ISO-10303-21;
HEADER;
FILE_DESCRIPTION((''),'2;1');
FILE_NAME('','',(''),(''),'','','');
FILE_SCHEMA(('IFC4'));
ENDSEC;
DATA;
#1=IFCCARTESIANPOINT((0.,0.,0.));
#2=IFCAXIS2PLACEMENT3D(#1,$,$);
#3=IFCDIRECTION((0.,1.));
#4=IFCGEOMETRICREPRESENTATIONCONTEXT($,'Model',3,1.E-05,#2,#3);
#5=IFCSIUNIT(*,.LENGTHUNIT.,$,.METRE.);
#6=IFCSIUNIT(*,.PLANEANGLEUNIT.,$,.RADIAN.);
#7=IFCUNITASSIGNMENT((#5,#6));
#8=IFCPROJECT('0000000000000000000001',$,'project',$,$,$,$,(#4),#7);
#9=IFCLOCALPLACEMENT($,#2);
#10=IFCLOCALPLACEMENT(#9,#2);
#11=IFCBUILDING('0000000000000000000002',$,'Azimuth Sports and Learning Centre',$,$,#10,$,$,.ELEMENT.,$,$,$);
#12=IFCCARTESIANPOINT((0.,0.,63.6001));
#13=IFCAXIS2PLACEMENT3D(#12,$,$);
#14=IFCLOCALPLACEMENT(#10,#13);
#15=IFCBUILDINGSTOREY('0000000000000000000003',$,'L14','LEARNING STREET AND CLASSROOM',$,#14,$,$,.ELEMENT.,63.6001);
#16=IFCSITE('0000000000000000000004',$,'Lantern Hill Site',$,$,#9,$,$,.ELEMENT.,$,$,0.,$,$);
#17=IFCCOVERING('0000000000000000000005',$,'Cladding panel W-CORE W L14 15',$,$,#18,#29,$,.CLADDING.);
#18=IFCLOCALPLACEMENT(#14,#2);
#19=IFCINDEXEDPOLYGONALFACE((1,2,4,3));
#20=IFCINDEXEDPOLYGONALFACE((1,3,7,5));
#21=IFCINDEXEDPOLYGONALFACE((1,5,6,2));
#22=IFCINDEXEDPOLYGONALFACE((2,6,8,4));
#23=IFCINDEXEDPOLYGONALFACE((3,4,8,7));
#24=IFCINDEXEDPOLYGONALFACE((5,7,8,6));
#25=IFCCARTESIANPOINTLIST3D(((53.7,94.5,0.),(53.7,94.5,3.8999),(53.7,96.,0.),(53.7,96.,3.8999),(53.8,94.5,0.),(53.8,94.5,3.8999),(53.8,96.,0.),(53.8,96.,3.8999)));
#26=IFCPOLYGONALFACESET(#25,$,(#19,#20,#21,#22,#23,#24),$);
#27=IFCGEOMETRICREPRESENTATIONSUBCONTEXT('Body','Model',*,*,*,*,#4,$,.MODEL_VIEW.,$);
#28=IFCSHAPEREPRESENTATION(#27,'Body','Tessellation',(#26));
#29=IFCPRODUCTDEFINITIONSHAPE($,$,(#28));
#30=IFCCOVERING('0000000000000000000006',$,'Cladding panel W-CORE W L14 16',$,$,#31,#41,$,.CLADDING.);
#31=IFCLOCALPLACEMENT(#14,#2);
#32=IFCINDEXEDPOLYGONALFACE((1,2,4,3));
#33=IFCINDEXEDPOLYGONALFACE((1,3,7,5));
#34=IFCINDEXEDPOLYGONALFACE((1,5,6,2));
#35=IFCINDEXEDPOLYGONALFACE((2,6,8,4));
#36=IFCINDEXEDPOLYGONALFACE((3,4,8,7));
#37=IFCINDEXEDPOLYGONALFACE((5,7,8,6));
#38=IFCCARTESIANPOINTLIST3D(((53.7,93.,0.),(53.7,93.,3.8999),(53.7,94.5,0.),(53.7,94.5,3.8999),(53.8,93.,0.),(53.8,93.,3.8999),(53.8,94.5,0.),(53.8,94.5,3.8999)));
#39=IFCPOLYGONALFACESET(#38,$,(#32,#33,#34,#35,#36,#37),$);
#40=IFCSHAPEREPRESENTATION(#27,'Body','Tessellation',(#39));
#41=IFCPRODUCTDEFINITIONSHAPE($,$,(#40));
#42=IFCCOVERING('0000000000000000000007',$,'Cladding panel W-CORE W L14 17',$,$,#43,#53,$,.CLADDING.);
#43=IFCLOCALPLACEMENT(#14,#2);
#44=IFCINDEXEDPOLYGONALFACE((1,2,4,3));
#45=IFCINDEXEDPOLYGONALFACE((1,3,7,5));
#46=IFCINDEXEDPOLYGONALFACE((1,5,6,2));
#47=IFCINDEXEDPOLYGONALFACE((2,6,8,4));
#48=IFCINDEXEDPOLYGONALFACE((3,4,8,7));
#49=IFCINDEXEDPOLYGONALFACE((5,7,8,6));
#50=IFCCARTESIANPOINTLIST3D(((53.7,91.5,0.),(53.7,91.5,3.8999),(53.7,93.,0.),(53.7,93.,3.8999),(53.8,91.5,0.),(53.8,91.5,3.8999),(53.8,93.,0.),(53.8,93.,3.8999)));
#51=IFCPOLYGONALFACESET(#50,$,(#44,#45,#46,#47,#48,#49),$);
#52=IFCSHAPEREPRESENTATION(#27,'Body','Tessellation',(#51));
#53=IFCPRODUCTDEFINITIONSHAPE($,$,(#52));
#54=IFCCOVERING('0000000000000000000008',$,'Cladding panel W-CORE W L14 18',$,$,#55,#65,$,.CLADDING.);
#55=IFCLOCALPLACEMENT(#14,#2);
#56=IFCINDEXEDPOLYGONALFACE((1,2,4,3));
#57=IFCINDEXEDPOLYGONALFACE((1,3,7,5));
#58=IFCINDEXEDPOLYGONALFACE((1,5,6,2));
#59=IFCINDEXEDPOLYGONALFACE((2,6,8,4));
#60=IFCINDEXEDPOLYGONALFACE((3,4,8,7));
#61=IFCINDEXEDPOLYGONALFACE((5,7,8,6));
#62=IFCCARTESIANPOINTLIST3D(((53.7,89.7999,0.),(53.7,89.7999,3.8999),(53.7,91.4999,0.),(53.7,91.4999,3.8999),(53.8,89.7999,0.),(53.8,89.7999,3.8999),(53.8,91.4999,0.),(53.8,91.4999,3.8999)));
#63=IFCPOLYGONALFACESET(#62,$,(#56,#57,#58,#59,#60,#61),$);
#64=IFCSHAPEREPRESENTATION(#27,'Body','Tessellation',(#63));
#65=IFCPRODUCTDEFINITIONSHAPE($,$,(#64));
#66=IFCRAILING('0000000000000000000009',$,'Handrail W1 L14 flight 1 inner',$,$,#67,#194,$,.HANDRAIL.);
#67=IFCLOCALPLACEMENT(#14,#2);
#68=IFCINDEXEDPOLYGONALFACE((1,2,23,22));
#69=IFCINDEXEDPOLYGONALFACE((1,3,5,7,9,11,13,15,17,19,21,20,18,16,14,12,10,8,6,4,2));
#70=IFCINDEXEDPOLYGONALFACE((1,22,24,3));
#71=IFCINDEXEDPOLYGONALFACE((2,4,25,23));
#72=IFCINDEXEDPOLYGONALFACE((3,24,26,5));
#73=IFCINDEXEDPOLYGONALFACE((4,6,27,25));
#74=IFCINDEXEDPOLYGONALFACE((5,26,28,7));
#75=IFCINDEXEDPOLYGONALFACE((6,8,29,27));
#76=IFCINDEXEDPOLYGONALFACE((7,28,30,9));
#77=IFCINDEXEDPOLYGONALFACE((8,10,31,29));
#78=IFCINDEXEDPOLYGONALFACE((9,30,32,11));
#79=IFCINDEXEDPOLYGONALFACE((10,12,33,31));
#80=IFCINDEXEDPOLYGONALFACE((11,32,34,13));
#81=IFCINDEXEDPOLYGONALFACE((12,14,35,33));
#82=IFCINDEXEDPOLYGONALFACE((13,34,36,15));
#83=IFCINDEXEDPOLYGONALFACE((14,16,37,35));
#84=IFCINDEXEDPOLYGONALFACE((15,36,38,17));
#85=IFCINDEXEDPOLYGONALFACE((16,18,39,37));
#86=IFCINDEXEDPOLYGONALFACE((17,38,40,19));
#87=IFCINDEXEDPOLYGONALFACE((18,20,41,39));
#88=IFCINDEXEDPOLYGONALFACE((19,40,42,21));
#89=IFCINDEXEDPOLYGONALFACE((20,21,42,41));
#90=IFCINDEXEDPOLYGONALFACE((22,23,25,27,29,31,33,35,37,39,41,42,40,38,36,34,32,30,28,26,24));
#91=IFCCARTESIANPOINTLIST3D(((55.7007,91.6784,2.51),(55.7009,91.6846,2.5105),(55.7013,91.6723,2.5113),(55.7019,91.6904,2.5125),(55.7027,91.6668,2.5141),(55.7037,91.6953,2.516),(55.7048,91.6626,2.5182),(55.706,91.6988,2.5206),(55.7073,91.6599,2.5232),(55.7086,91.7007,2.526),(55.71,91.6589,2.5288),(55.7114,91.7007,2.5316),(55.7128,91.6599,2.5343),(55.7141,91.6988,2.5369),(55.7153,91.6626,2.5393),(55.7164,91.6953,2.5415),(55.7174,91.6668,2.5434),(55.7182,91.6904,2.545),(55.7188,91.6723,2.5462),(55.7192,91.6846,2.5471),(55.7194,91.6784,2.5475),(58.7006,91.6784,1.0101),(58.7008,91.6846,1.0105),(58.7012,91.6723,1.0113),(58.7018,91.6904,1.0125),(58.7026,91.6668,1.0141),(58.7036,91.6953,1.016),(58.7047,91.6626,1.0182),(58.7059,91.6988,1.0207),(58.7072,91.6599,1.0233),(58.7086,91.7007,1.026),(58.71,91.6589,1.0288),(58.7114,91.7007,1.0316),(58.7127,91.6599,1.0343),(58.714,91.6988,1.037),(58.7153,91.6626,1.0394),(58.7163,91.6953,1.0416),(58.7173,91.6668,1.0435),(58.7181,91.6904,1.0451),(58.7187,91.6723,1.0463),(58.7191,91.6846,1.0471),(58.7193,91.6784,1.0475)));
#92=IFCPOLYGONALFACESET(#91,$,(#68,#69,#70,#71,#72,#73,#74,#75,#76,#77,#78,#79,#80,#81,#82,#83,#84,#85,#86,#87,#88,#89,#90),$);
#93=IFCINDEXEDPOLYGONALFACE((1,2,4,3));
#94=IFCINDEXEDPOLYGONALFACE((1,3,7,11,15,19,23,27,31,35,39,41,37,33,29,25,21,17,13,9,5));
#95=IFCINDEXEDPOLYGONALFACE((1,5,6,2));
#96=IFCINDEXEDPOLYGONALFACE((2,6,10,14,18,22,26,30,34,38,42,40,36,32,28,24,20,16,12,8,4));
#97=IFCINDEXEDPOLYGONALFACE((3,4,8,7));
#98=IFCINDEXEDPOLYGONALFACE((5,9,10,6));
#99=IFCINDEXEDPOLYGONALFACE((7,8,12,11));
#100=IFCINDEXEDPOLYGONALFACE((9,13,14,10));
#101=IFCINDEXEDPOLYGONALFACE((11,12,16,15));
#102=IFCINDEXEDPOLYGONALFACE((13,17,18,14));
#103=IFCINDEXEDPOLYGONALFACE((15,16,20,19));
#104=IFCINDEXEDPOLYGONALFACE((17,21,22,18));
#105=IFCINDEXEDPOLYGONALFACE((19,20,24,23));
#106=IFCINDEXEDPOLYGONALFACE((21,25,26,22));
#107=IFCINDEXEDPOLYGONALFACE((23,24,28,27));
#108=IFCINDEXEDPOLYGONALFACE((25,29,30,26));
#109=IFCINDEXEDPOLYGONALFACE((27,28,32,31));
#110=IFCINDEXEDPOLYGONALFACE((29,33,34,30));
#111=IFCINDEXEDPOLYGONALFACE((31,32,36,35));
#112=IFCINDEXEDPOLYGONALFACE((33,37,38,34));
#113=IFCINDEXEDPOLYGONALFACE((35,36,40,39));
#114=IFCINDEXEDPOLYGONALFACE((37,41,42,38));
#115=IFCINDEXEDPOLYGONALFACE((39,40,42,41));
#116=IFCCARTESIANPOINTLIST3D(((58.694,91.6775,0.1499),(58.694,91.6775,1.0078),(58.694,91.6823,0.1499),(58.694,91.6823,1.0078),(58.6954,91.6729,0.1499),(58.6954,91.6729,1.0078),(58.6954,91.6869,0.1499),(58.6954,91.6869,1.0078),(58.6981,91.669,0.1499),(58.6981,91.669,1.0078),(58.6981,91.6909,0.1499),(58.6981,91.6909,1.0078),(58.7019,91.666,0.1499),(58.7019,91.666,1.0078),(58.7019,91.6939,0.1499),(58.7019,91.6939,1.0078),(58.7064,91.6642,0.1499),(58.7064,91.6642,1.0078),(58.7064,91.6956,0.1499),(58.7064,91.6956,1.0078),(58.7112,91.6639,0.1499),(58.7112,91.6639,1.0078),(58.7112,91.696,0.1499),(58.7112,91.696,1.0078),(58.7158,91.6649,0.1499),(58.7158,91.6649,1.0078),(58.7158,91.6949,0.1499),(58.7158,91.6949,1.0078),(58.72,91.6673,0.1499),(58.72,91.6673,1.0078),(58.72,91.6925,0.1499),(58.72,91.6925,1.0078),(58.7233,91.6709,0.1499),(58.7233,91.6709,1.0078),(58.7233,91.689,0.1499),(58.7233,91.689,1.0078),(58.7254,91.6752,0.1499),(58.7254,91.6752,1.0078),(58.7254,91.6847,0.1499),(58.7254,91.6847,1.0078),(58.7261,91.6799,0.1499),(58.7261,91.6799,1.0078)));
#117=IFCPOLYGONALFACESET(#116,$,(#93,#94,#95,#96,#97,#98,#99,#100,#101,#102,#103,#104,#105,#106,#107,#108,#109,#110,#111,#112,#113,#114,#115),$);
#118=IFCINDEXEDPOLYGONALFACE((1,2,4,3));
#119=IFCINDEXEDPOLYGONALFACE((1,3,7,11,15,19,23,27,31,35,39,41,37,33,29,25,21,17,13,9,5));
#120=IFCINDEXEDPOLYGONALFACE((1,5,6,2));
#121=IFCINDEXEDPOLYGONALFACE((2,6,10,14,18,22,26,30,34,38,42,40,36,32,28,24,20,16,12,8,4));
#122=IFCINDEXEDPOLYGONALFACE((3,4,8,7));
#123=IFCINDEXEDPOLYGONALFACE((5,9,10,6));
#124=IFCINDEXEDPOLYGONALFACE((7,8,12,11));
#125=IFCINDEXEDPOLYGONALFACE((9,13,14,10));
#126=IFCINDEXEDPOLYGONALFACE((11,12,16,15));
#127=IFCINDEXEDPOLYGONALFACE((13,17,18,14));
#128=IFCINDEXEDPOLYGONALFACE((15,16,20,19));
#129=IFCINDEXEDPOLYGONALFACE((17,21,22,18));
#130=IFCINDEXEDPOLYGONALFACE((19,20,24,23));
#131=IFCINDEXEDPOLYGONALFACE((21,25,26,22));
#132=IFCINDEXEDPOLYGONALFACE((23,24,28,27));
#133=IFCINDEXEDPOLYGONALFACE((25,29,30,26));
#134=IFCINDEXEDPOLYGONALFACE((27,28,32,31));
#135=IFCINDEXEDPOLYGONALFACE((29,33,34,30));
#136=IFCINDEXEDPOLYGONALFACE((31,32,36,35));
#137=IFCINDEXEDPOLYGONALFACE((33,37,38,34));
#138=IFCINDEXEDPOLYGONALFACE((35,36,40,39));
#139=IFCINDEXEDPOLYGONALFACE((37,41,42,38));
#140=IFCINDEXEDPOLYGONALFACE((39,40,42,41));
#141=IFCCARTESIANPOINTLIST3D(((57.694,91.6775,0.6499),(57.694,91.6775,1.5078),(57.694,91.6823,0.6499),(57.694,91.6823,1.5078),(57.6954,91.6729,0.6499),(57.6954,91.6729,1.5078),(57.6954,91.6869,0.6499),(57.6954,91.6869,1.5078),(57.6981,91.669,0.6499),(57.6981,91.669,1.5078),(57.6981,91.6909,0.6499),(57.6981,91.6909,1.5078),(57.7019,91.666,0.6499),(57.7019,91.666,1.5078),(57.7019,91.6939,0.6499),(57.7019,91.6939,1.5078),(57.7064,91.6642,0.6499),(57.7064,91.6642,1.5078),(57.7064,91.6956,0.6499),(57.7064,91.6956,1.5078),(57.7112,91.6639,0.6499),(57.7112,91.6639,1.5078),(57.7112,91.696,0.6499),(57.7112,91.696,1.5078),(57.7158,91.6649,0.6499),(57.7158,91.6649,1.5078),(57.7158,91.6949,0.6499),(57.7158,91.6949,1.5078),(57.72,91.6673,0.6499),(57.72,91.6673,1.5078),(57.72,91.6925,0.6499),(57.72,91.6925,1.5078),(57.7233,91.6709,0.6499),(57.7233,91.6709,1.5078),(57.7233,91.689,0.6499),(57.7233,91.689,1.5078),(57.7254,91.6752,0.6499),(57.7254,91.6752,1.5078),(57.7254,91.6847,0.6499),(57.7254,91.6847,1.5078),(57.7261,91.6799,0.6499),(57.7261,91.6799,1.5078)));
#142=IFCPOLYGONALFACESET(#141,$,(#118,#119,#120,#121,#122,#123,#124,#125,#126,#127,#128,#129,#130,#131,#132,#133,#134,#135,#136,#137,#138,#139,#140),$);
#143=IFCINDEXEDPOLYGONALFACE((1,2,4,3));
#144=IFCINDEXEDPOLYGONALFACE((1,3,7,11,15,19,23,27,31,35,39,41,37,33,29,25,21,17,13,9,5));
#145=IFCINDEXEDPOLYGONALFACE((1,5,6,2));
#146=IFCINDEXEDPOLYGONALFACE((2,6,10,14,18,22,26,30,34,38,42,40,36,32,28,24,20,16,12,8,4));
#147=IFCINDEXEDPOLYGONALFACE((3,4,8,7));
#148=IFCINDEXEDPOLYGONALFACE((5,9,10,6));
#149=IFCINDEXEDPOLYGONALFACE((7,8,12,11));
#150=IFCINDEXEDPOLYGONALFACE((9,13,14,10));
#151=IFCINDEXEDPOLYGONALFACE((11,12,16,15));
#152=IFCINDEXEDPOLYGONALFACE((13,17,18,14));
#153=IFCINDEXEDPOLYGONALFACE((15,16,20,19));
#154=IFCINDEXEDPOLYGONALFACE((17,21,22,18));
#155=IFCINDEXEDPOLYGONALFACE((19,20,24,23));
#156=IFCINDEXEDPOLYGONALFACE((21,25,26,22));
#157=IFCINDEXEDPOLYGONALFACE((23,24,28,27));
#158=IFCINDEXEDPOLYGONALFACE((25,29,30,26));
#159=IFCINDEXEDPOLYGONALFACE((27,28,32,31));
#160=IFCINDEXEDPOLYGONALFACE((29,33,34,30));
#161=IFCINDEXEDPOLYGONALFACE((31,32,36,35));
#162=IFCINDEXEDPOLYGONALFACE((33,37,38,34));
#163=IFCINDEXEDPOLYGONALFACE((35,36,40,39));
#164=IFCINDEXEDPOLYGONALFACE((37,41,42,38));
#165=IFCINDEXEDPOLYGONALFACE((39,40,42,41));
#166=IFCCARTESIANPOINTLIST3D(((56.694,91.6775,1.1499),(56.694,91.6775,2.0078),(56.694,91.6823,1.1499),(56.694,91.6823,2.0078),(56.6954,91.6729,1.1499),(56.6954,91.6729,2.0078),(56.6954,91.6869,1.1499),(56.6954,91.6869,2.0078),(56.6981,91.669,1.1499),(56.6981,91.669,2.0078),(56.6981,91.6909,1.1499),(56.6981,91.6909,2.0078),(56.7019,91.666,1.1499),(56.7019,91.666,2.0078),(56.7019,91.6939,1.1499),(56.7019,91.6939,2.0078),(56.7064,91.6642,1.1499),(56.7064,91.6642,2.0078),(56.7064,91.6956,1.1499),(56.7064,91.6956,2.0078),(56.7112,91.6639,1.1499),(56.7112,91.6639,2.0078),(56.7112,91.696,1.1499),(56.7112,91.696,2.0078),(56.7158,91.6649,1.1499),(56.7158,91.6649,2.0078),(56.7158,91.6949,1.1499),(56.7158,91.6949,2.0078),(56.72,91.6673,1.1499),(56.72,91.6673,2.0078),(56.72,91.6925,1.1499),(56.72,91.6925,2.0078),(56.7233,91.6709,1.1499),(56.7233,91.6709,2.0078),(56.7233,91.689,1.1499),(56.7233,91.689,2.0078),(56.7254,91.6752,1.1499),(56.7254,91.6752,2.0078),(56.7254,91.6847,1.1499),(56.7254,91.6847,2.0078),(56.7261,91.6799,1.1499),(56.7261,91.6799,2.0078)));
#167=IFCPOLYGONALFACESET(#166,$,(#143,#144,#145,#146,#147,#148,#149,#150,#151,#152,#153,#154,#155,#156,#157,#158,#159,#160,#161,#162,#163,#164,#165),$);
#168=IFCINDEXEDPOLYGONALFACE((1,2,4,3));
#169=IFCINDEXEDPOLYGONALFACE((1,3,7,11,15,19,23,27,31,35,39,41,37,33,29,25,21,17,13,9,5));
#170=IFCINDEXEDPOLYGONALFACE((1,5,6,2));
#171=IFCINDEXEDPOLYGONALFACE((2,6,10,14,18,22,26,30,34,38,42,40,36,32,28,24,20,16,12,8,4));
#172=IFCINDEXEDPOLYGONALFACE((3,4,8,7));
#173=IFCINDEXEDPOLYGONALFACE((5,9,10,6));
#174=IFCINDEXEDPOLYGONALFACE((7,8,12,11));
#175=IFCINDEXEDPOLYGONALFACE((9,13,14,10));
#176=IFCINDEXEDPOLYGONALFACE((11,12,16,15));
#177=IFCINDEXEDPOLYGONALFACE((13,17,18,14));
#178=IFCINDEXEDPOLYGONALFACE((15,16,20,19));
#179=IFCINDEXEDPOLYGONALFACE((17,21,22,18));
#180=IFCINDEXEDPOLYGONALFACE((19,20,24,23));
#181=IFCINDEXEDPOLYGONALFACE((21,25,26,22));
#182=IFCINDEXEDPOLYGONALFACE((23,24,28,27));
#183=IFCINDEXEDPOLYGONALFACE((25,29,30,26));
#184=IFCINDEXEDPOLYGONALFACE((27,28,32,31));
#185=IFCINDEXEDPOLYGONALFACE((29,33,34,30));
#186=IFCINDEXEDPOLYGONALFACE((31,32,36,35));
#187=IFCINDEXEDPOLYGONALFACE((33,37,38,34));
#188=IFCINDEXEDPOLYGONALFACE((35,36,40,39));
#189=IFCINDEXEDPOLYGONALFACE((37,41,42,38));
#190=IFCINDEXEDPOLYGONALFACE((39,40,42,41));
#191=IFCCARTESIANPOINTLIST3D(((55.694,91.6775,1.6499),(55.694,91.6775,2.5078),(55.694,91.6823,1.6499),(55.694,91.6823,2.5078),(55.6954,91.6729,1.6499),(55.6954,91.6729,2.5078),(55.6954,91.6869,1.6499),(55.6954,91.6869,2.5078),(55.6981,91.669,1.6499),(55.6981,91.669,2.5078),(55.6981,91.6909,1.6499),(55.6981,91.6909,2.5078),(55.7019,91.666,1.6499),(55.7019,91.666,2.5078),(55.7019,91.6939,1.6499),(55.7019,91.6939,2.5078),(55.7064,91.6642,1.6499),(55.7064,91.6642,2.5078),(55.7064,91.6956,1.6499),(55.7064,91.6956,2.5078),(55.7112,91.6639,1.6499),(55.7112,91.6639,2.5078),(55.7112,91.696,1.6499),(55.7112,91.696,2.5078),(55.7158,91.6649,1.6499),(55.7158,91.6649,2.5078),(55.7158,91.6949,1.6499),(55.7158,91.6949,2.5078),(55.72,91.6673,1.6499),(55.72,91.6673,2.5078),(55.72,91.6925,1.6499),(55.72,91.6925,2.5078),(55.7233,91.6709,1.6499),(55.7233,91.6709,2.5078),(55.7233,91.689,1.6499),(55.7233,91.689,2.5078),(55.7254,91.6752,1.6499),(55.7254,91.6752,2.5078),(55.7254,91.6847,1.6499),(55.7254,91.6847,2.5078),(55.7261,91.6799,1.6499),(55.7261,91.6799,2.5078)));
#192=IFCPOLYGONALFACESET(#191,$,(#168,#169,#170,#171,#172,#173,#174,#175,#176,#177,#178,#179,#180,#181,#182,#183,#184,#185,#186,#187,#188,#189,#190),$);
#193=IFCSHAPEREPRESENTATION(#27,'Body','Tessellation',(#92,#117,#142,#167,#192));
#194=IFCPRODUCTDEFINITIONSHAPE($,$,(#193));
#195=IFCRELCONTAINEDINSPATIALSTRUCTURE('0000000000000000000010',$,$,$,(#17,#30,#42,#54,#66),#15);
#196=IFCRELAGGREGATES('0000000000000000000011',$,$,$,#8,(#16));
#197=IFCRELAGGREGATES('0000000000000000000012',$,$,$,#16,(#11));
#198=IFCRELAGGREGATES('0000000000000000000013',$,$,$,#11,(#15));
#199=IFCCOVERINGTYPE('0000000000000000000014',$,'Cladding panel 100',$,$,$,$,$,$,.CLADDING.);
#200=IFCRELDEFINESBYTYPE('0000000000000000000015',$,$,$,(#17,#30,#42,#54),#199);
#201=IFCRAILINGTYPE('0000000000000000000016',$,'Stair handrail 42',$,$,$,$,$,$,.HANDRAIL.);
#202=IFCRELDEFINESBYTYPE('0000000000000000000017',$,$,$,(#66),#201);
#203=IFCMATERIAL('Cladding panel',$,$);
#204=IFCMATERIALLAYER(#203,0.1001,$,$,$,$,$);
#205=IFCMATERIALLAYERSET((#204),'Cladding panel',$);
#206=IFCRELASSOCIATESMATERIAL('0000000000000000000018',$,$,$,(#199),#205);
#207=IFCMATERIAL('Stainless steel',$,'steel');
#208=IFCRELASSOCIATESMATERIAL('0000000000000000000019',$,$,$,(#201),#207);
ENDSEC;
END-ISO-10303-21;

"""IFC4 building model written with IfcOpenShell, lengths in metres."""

from ifc_helpers import new_model, si_unit, direction, frame, origin, origin_2d, place, context, subcontext, project, spatial, rectangle, circle, extrude, material, layer, layer_set, type_object, element, save


model = new_model("IFC4")

# Units and contexts
model_context = context("Model", 3, precision=1e-05, world=origin(), true_north=direction((0.0, 1.0)))
body_context = subcontext(model_context, "Body", "Model", "MODEL_VIEW")
ifc_project = project(units=[si_unit("LENGTHUNIT", "METRE"), si_unit("PLANEANGLEUNIT", "RADIAN")], contexts=[model_context])

# Site, building, storey
site_placement = place(None, origin())
site = spatial("IfcSite", under=ifc_project, at=site_placement, Name="Lantern Hill Site", CompositionType="ELEMENT", RefElevation=0.0)
building_placement = place(site_placement, origin())
building = spatial("IfcBuilding", under=site, at=building_placement, Name="Azimuth Sports and Learning Centre", CompositionType="ELEMENT")
storey_placement = place(building_placement, frame((0.0, 0.0, 63.6001)))
storey = spatial("IfcBuildingStorey", under=building, at=storey_placement, Name="L14", Description="LEARNING STREET AND CLASSROOM", CompositionType="ELEMENT", Elevation=63.6001)

# Coverings
ifc_material_1 = material(Name="Cladding panel")
ifc_layer_1 = layer(ifc_material_1, 0.1001)
ifc_layer_set_1 = layer_set([ifc_layer_1], Name="Cladding panel")
covering_type = type_object("IfcCoveringType", Name="Cladding panel 100", PredefinedType="CLADDING", material=ifc_layer_set_1)
for number, where, z_axis, x_axis, name in (
    (1, (53.75, 95.25, 0.0), (0.0, 0.0, 1.0), (0.0, -1.0, 0.0), "Cladding panel W-CORE W L14 15"),
    (2, (53.75, 93.75, 0.0), (0.0, 0.0, 1.0), (0.0, -1.0, 0.0), "Cladding panel W-CORE W L14 16"),
    (3, (53.75, 92.25, 0.0), (0.0, 0.0, 1.0), (0.0, -1.0, 0.0), "Cladding panel W-CORE W L14 17"),
):
    element("IfcCovering", number, at=place(storey_placement, frame(where, z_axis=z_axis, x_axis=x_axis)), inside=storey, type_object=covering_type, Name=name, PredefinedType="CLADDING", context=body_context, shape_type="SweptSolid", body=[
        extrude(rectangle(XDim=1.5, YDim=0.1001, at=origin_2d()), origin(), (0.0, 0.0, 1.0), 3.8999),
    ])
covering_placement = place(storey_placement, frame((53.75, 90.6499, 0.0), z_axis=(0.0, 0.0, 1.0), x_axis=(0.0, -1.0, 0.0)))
element("IfcCovering", 4, at=covering_placement, inside=storey, type_object=covering_type, Name="Cladding panel W-CORE W L14 18", PredefinedType="CLADDING", context=body_context, shape_type="SweptSolid", body=[
    extrude(rectangle(XDim=1.7, YDim=0.1001, at=origin_2d()), origin(), (0.0, 0.0, 1.0), 3.8999),
])

# Railing
ifc_material_2 = material(Name="Stainless steel", Category="steel")
railing_type_1 = type_object("IfcRailingType", Name="Stair handrail 42", PredefinedType="HANDRAIL", material=ifc_material_2)
railing_1_placement = place(storey_placement, frame((58.71, 91.6799, 0.1499)))
element("IfcRailing", 5, at=railing_1_placement, inside=storey, type_object=railing_type_1, Name="Handrail W1 L14 flight 1 inner", PredefinedType="HANDRAIL", context=body_context, shape_type="SweptSolid", body=[
    extrude(circle(Radius=0.021, at=origin_2d()), frame((0.0, 0.0, 0.8789), z_axis=(-0.894427, 0.0, 0.447214), x_axis=(0.0, -1.0, 0.0)), (0.0, 0.0, 1.0), 3.354),
    extrude(circle(Radius=0.0161, at=origin_2d()), origin(), (0.0, 0.0, 1.0), 0.8579),
    extrude(circle(Radius=0.0161, at=origin_2d()), frame((-1.0, 0.0, 0.5)), (0.0, 0.0, 1.0), 0.8579),
    extrude(circle(Radius=0.0161, at=origin_2d()), frame((-2.0, 0.0, 1.0)), (0.0, 0.0, 1.0), 0.8579),
    extrude(circle(Radius=0.0161, at=origin_2d()), frame((-3.0, 0.0, 1.5)), (0.0, 0.0, 1.0), 0.8579),
])

save(model, "model.ifc")
